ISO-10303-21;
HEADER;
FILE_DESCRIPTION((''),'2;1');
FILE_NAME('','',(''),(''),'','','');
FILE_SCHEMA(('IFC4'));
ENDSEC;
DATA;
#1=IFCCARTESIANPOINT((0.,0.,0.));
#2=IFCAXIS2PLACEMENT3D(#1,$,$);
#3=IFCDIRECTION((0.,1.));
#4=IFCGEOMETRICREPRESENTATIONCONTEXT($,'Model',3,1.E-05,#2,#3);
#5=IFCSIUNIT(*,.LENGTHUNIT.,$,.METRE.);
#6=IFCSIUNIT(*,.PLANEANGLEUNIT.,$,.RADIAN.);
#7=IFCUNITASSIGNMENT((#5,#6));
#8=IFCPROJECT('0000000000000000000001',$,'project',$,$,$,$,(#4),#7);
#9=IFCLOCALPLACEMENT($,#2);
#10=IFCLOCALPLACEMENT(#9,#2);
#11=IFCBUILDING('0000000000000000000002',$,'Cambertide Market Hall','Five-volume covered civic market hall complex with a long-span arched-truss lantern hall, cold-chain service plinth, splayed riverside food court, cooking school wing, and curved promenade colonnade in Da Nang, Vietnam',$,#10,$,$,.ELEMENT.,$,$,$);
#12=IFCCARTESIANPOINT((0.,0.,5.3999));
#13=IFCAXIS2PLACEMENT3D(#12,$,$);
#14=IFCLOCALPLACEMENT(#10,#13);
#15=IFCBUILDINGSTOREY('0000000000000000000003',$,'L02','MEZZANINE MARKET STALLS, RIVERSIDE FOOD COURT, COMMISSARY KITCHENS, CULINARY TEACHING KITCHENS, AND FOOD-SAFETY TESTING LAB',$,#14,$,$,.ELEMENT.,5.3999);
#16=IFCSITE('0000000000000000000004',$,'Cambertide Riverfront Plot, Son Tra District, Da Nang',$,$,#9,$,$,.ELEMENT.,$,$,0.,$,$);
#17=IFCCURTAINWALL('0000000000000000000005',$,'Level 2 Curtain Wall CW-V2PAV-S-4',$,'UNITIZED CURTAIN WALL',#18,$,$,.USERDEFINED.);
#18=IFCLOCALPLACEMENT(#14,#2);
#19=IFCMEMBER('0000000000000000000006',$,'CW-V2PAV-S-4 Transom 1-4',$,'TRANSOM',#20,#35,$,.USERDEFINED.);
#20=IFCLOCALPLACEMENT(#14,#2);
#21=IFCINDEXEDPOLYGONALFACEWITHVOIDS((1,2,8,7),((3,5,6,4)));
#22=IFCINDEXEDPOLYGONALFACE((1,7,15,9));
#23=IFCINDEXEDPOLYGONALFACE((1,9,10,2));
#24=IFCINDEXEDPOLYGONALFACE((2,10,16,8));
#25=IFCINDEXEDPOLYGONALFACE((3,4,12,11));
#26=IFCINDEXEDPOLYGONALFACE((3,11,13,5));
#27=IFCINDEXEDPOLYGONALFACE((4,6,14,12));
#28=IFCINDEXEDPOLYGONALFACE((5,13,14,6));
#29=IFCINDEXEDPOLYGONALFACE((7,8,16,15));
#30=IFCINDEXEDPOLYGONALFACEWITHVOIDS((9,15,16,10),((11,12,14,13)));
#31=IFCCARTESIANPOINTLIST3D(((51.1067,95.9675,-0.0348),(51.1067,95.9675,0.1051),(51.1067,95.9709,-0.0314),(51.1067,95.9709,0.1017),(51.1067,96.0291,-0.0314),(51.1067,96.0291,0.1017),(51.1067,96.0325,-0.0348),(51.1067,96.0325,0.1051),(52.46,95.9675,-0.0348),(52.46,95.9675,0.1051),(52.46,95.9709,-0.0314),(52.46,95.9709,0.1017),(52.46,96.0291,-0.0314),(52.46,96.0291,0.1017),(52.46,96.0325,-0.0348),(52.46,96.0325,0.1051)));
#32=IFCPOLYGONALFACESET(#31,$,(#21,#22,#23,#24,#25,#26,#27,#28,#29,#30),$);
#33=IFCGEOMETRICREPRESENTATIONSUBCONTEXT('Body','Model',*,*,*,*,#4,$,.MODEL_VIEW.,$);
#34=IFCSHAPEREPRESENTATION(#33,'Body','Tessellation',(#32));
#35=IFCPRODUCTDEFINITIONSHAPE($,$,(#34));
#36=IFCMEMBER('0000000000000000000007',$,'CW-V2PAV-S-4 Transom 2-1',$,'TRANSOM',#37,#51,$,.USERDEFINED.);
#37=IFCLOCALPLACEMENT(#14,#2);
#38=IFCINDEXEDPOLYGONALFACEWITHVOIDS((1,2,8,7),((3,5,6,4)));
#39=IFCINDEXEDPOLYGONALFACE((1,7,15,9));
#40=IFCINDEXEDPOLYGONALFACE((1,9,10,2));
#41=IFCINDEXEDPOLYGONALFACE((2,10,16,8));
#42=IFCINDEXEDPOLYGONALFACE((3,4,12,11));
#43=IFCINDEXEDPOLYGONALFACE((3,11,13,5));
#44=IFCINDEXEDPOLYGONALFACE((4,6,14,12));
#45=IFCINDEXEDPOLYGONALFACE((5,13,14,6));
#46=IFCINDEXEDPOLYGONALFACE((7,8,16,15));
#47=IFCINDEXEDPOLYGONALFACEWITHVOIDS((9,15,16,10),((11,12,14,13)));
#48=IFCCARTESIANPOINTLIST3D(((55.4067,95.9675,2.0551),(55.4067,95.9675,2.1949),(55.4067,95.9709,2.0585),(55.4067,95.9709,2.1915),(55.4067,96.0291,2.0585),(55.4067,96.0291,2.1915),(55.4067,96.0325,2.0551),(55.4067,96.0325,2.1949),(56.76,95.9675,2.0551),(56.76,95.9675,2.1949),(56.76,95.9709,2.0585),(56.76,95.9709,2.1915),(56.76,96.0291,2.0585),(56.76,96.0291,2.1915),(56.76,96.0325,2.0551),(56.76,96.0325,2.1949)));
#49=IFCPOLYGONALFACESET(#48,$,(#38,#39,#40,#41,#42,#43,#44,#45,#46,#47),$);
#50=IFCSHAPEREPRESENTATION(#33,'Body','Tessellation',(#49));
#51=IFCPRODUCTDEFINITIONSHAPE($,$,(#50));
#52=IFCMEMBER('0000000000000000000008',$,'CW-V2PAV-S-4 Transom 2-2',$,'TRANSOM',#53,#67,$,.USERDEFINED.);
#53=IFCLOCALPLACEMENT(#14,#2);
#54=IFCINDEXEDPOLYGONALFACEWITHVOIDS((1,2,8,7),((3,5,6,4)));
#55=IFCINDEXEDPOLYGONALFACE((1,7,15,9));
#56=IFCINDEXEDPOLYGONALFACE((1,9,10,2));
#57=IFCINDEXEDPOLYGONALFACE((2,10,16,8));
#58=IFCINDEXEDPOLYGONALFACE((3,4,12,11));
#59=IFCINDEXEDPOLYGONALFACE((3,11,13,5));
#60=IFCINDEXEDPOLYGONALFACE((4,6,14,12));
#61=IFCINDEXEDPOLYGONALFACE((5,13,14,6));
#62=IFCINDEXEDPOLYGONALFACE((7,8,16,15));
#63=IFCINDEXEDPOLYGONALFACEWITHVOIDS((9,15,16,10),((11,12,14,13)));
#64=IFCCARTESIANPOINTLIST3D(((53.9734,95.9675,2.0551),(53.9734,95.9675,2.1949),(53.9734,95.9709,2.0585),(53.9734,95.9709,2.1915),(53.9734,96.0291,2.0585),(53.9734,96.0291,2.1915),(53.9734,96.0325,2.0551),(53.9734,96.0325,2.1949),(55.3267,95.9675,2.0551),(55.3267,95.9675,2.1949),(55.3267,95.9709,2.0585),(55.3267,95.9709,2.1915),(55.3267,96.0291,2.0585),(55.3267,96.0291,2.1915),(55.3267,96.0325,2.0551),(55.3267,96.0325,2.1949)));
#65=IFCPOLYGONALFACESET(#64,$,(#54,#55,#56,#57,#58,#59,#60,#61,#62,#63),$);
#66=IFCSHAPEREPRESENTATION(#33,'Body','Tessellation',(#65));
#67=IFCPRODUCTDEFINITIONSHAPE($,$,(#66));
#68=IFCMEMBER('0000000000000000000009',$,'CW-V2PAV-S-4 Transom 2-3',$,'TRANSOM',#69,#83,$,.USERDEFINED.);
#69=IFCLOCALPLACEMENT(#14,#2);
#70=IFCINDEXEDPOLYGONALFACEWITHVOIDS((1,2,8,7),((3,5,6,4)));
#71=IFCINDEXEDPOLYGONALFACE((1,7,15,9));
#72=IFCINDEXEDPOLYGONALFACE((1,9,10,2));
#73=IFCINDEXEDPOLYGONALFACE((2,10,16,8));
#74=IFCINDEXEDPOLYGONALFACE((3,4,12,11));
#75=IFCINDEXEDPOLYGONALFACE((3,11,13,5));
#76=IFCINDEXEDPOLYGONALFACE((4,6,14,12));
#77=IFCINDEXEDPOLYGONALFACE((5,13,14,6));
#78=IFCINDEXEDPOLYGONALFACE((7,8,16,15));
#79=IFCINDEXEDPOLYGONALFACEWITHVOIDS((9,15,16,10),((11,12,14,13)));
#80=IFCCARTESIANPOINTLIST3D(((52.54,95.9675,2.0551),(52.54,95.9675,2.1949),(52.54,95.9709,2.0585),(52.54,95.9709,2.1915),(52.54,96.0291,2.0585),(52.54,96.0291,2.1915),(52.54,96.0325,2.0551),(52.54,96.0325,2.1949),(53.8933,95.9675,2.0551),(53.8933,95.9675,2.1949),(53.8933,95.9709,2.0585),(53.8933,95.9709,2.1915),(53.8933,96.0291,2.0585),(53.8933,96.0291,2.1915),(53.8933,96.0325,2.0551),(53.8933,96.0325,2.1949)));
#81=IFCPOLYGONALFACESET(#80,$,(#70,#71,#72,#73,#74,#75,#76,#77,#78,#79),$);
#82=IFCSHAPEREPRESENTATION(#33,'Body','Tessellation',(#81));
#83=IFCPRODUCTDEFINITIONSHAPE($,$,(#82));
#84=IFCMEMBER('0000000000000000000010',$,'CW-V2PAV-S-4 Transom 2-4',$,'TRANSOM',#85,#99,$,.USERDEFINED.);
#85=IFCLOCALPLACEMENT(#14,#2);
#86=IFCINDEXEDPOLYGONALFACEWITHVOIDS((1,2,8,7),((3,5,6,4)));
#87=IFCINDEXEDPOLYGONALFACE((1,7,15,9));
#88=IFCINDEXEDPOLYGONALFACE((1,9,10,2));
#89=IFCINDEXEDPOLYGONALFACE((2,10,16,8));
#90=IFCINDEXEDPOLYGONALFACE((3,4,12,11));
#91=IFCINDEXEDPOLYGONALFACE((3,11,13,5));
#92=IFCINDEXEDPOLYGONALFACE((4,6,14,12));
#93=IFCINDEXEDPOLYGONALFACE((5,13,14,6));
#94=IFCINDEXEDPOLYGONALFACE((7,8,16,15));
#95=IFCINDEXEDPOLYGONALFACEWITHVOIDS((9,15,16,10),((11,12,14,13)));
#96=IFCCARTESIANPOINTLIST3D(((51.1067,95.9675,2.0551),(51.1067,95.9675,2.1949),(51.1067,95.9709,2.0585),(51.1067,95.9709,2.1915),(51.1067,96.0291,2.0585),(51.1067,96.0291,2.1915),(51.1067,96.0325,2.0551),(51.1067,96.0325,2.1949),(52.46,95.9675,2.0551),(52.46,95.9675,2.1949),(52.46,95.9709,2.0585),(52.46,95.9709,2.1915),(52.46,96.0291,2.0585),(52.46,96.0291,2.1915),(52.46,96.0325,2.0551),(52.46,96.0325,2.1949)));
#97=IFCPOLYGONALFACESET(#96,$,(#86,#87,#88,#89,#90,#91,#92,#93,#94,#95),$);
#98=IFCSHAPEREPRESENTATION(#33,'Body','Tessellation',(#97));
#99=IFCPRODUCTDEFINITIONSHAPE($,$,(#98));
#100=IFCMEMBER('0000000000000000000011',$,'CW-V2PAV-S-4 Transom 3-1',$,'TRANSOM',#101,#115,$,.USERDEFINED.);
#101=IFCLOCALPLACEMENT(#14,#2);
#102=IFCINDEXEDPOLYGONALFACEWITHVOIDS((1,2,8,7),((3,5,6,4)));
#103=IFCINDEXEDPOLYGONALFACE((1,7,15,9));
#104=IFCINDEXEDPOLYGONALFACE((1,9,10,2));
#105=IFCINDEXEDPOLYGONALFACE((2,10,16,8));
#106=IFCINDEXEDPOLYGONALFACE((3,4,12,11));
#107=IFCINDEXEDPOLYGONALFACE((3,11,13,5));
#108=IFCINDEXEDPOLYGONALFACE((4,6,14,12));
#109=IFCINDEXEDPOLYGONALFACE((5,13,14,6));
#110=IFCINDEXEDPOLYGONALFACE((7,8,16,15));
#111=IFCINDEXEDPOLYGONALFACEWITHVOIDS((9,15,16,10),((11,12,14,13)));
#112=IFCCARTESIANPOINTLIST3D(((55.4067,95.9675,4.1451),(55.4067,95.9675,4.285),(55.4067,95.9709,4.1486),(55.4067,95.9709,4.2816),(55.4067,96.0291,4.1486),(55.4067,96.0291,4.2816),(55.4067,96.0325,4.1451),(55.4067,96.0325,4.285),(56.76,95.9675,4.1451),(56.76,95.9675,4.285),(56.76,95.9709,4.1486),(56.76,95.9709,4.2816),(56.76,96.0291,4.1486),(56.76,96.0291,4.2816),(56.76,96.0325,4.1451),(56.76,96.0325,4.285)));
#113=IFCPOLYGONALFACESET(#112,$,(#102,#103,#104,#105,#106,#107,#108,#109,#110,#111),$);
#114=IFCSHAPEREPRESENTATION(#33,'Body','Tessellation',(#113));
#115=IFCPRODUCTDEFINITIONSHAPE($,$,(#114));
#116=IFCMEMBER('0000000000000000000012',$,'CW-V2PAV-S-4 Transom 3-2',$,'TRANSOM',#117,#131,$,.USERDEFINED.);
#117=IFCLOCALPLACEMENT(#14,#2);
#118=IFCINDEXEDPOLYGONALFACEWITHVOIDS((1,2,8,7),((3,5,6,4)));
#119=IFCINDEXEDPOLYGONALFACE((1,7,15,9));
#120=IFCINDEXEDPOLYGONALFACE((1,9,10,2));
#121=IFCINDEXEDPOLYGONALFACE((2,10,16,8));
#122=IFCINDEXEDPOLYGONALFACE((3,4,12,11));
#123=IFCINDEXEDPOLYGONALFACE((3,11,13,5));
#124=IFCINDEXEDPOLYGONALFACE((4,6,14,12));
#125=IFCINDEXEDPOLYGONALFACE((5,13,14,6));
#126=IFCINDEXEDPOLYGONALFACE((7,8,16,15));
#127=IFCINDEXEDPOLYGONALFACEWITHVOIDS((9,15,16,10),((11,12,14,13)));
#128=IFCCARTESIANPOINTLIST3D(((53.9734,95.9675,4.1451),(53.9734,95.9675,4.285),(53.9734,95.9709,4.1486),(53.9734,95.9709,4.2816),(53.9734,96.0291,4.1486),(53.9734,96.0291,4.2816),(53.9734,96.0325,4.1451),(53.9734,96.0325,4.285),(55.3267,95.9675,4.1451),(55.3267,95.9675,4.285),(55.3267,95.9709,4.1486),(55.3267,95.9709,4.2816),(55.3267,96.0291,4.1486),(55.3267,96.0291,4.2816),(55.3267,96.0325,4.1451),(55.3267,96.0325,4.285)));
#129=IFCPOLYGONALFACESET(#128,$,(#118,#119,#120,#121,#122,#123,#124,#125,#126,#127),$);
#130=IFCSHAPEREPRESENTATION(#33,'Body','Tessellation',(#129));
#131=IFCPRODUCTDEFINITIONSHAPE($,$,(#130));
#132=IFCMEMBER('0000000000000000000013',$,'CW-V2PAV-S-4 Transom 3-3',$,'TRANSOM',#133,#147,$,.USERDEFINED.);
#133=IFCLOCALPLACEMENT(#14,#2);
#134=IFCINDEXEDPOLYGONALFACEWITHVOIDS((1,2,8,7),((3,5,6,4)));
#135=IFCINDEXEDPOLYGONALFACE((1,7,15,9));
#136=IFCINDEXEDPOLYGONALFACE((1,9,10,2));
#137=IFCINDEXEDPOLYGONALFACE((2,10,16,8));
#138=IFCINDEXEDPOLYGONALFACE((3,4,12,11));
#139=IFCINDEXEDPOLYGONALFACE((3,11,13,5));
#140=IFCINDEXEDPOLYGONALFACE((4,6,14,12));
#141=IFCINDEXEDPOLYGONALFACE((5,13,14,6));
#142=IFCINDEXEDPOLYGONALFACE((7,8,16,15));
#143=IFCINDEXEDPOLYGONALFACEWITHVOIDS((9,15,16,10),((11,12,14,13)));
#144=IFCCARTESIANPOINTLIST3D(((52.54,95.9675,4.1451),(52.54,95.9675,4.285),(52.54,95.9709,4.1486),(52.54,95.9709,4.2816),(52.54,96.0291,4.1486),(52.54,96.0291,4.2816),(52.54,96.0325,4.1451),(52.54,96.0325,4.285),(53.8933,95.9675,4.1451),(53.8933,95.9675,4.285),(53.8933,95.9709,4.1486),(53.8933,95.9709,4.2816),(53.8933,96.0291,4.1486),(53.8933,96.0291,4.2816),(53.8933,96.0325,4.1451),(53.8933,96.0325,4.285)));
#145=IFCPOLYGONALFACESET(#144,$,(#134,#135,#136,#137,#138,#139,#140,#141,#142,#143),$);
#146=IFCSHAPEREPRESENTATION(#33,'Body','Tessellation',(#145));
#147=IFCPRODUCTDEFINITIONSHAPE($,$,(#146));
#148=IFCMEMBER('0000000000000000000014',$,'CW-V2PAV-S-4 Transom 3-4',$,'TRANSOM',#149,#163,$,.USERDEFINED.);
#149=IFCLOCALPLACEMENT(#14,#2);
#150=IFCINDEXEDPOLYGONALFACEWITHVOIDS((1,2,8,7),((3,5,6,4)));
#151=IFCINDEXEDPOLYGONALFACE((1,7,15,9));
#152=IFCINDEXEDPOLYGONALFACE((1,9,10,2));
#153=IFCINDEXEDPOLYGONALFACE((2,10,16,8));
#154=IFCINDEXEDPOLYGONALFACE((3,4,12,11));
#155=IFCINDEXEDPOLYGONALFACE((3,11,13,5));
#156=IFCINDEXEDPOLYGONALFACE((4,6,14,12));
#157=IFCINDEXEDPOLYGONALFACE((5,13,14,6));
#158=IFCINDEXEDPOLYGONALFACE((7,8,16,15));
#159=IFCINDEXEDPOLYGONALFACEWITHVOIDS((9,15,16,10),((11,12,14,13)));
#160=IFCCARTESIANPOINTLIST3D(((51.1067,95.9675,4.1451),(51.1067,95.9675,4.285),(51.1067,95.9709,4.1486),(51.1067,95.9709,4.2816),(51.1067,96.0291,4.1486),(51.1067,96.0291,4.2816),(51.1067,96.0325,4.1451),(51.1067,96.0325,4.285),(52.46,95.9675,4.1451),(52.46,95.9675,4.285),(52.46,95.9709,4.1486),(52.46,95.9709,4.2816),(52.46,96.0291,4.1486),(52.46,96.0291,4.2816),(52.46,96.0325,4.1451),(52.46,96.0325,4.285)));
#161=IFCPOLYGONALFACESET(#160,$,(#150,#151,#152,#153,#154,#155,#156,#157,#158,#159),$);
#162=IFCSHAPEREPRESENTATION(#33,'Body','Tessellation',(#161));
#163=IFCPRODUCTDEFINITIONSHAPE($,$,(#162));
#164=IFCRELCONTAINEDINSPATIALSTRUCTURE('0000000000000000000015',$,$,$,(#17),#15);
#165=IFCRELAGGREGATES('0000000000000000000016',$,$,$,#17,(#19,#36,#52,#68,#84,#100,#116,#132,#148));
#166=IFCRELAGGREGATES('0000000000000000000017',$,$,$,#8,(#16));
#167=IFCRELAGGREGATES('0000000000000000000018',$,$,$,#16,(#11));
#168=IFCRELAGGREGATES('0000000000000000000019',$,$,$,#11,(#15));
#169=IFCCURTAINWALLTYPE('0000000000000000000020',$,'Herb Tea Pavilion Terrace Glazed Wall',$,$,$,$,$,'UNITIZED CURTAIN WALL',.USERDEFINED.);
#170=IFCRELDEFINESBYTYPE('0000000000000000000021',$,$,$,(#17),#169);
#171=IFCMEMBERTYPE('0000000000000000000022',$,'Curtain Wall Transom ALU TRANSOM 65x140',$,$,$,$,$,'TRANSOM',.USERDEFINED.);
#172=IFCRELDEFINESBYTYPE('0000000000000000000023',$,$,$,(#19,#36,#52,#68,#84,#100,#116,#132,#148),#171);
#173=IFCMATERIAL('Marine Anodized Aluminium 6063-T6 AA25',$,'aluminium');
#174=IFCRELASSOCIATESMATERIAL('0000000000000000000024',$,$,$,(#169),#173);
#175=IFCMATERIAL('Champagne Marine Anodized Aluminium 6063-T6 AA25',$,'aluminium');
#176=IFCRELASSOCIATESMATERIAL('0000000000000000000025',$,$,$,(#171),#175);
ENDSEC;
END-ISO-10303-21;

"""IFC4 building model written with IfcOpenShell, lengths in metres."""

from ifc_helpers import new_model, si_unit, direction, frame, origin, origin_2d, place, context, subcontext, project, spatial, hollow_rectangle, extrude, material, material_profile, profile_set, type_object, element, aggregate, save


model = new_model("IFC4")

# Units and contexts
model_context = context("Model", 3, precision=1e-05, world=origin(), true_north=direction((0.0, 1.0)))
body_context = subcontext(model_context, "Body", "Model", "MODEL_VIEW")
ifc_project = project(units=[si_unit("LENGTHUNIT", "METRE"), si_unit("PLANEANGLEUNIT", "RADIAN")], contexts=[model_context])

# Site, building, storey
site_placement = place(None, origin())
site = spatial("IfcSite", under=ifc_project, at=site_placement, Name="Cambertide Riverfront Plot, Son Tra District, Da Nang", CompositionType="ELEMENT", RefElevation=0.0)
building_placement = place(site_placement, origin())
building = spatial("IfcBuilding", under=site, at=building_placement, Name="Cambertide Market Hall", Description="Five-volume covered civic market hall complex with a long-span arched-truss lantern hall, cold-chain service plinth, splayed riverside food court, cooking school wing, and curved promenade colonnade in Da Nang, Vietnam", CompositionType="ELEMENT")
storey_placement = place(building_placement, frame((0.0, 0.0, 5.3999)))
storey = spatial("IfcBuildingStorey", under=building, at=storey_placement, Name="L02", Description="MEZZANINE MARKET STALLS, RIVERSIDE FOOD COURT, COMMISSARY KITCHENS, CULINARY TEACHING KITCHENS, AND FOOD-SAFETY TESTING LAB", CompositionType="ELEMENT", Elevation=5.3999)

# Curtain wall
ifc_material_1 = material(Name="Marine Anodized Aluminium 6063-T6 AA25", Category="aluminium")
curtain_wall_type = type_object("IfcCurtainWallType", Name="Herb Tea Pavilion Terrace Glazed Wall", ElementType="UNITIZED CURTAIN WALL", PredefinedType="USERDEFINED", material=ifc_material_1)
curtain_wall_1_placement = place(storey_placement, origin())
curtain_wall_1 = element("IfcCurtainWall", 1, at=curtain_wall_1_placement, inside=storey, type_object=curtain_wall_type, Name="Level 2 Curtain Wall CW-V2PAV-S-4", ObjectType="UNITIZED CURTAIN WALL", PredefinedType="USERDEFINED")

# Members
ifc_material_2 = material(Name="Champagne Marine Anodized Aluminium 6063-T6 AA25", Category="aluminium")
ifc_material_profile_1 = material_profile(ifc_material_2, hollow_rectangle(XDim=0.0649, YDim=0.1399, WallThickness=0.0034, at=origin_2d()), Name="ALU TRANSOM 65x140")
ifc_profile_set_1 = profile_set([ifc_material_profile_1], Name="Champagne Marine Anodized Aluminium 6063-T6 AA25")
member_type_1 = type_object("IfcMemberType", Name="Curtain Wall Transom ALU TRANSOM 65x140", ElementType="TRANSOM", PredefinedType="USERDEFINED", material=ifc_profile_set_1)
member_1_placement = place(storey_placement, frame((52.46, 96.0, 0.0352), z_axis=(-1.0, 0.0, 0.0), x_axis=(0.0, -1.0, 0.0)))
member_1 = element("IfcMember", 2, at=member_1_placement, type_object=member_type_1, Name="CW-V2PAV-S-4 Transom 1-4", ObjectType="TRANSOM", PredefinedType="USERDEFINED", context=body_context, shape_type="SweptSolid", body=[
    extrude(hollow_rectangle(XDim=0.0649, YDim=0.1399, WallThickness=0.0034, at=origin_2d()), origin(), (0.0, 0.0, 1.0), 1.3533),
])
member_2_placement = place(storey_placement, frame((56.76, 96.0, 2.125), z_axis=(-1.0, 0.0, 0.0), x_axis=(0.0, -1.0, 0.0)))
member_2 = element("IfcMember", 3, at=member_2_placement, type_object=member_type_1, Name="CW-V2PAV-S-4 Transom 2-1", ObjectType="TRANSOM", PredefinedType="USERDEFINED", context=body_context, shape_type="SweptSolid", body=[
    extrude(hollow_rectangle(XDim=0.0649, YDim=0.1399, WallThickness=0.0034, at=origin_2d()), origin(), (0.0, 0.0, 1.0), 1.3533),
])
member_3_placement = place(storey_placement, frame((55.3267, 96.0, 2.125), z_axis=(-1.0, 0.0, 0.0), x_axis=(0.0, -1.0, 0.0)))
member_3 = element("IfcMember", 4, at=member_3_placement, type_object=member_type_1, Name="CW-V2PAV-S-4 Transom 2-2", ObjectType="TRANSOM", PredefinedType="USERDEFINED", context=body_context, shape_type="SweptSolid", body=[
    extrude(hollow_rectangle(XDim=0.0649, YDim=0.1399, WallThickness=0.0034, at=origin_2d()), origin(), (0.0, 0.0, 1.0), 1.3533),
])
member_4_placement = place(storey_placement, frame((53.8933, 96.0, 2.125), z_axis=(-1.0, 0.0, 0.0), x_axis=(0.0, -1.0, 0.0)))
member_4 = element("IfcMember", 5, at=member_4_placement, type_object=member_type_1, Name="CW-V2PAV-S-4 Transom 2-3", ObjectType="TRANSOM", PredefinedType="USERDEFINED", context=body_context, shape_type="SweptSolid", body=[
    extrude(hollow_rectangle(XDim=0.0649, YDim=0.1399, WallThickness=0.0034, at=origin_2d()), origin(), (0.0, 0.0, 1.0), 1.3533),
])
member_5_placement = place(storey_placement, frame((52.46, 96.0, 2.125), z_axis=(-1.0, 0.0, 0.0), x_axis=(0.0, -1.0, 0.0)))
member_5 = element("IfcMember", 6, at=member_5_placement, type_object=member_type_1, Name="CW-V2PAV-S-4 Transom 2-4", ObjectType="TRANSOM", PredefinedType="USERDEFINED", context=body_context, shape_type="SweptSolid", body=[
    extrude(hollow_rectangle(XDim=0.0649, YDim=0.1399, WallThickness=0.0034, at=origin_2d()), origin(), (0.0, 0.0, 1.0), 1.3533),
])
member_6_placement = place(storey_placement, frame((56.76, 96.0, 4.2151), z_axis=(-1.0, 0.0, 0.0), x_axis=(0.0, -1.0, 0.0)))
member_6 = element("IfcMember", 7, at=member_6_placement, type_object=member_type_1, Name="CW-V2PAV-S-4 Transom 3-1", ObjectType="TRANSOM", PredefinedType="USERDEFINED", context=body_context, shape_type="SweptSolid", body=[
    extrude(hollow_rectangle(XDim=0.0649, YDim=0.1399, WallThickness=0.0034, at=origin_2d()), origin(), (0.0, 0.0, 1.0), 1.3533),
])
member_7_placement = place(storey_placement, frame((55.3267, 96.0, 4.2151), z_axis=(-1.0, 0.0, 0.0), x_axis=(0.0, -1.0, 0.0)))
member_7 = element("IfcMember", 8, at=member_7_placement, type_object=member_type_1, Name="CW-V2PAV-S-4 Transom 3-2", ObjectType="TRANSOM", PredefinedType="USERDEFINED", context=body_context, shape_type="SweptSolid", body=[
    extrude(hollow_rectangle(XDim=0.0649, YDim=0.1399, WallThickness=0.0034, at=origin_2d()), origin(), (0.0, 0.0, 1.0), 1.3533),
])
member_8_placement = place(storey_placement, frame((53.8933, 96.0, 4.2151), z_axis=(-1.0, 0.0, 0.0), x_axis=(0.0, -1.0, 0.0)))
member_8 = element("IfcMember", 9, at=member_8_placement, type_object=member_type_1, Name="CW-V2PAV-S-4 Transom 3-3", ObjectType="TRANSOM", PredefinedType="USERDEFINED", context=body_context, shape_type="SweptSolid", body=[
    extrude(hollow_rectangle(XDim=0.0649, YDim=0.1399, WallThickness=0.0034, at=origin_2d()), origin(), (0.0, 0.0, 1.0), 1.3533),
])
member_9_placement = place(storey_placement, frame((52.46, 96.0, 4.2151), z_axis=(-1.0, 0.0, 0.0), x_axis=(0.0, -1.0, 0.0)))
member_9 = element("IfcMember", 10, at=member_9_placement, type_object=member_type_1, Name="CW-V2PAV-S-4 Transom 3-4", ObjectType="TRANSOM", PredefinedType="USERDEFINED", context=body_context, shape_type="SweptSolid", body=[
    extrude(hollow_rectangle(XDim=0.0649, YDim=0.1399, WallThickness=0.0034, at=origin_2d()), origin(), (0.0, 0.0, 1.0), 1.3533),
])

aggregate(curtain_wall_1, [member_1, member_2, member_3, member_4, member_5, member_6, member_7, member_8, member_9])

save(model, "model.ifc")
